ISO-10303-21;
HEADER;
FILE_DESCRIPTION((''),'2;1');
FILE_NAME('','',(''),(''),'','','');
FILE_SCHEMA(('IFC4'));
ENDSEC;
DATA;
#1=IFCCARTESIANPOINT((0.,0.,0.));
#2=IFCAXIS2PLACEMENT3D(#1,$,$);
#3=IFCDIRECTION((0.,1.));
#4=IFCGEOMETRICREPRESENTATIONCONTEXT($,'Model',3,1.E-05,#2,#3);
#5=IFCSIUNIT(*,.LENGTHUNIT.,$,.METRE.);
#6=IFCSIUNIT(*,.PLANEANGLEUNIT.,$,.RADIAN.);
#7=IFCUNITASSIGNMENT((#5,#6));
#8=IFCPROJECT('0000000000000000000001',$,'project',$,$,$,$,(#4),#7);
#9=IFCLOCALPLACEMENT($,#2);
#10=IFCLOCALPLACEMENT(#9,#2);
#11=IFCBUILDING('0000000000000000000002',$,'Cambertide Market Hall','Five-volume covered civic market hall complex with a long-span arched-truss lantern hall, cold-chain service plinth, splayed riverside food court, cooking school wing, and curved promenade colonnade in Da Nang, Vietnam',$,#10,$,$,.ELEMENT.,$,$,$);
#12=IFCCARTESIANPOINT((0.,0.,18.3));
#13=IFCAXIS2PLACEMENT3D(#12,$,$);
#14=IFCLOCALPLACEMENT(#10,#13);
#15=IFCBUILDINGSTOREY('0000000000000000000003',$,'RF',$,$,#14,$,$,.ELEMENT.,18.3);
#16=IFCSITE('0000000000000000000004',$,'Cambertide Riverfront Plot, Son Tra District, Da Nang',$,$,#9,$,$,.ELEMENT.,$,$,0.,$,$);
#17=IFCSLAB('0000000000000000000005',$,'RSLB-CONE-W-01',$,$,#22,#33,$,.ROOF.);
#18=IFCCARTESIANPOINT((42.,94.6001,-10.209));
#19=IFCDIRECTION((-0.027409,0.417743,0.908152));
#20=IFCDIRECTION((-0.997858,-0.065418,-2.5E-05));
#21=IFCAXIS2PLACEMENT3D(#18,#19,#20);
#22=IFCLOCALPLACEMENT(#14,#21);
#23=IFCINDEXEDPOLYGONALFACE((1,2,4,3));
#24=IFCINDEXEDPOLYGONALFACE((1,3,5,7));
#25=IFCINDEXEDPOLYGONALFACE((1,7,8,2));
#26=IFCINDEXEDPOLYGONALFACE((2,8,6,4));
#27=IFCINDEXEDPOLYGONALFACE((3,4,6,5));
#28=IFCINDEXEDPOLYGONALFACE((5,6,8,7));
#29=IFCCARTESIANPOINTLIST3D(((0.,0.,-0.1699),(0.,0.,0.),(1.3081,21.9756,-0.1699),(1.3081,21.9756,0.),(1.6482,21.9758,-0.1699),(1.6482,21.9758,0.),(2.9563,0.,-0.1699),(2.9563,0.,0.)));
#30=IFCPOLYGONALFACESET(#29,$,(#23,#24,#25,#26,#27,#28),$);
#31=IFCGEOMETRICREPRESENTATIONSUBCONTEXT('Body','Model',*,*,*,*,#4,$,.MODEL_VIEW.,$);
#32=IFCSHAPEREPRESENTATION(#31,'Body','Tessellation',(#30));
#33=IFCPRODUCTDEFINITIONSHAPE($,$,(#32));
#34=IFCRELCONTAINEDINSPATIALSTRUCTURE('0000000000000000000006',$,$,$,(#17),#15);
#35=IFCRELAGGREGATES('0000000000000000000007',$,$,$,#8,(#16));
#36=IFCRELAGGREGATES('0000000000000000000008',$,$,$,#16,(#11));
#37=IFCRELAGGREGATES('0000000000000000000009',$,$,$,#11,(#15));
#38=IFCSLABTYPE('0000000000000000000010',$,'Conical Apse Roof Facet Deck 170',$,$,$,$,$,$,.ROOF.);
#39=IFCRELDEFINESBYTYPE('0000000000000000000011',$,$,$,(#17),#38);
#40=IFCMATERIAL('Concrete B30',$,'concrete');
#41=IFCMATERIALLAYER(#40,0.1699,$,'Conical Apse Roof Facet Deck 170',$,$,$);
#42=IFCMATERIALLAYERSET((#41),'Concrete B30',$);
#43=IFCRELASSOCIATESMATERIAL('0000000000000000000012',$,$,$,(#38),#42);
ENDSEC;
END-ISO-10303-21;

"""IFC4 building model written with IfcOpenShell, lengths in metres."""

from ifc_helpers import new_model, si_unit, direction, frame, origin, place, context, subcontext, project, spatial, polyline, outline, extrude, material, layer, layer_set, type_object, element, save


model = new_model("IFC4")

# Units and contexts
model_context = context("Model", 3, precision=1e-05, world=origin(), true_north=direction((0.0, 1.0)))
body_context = subcontext(model_context, "Body", "Model", "MODEL_VIEW")
ifc_project = project(units=[si_unit("LENGTHUNIT", "METRE"), si_unit("PLANEANGLEUNIT", "RADIAN")], contexts=[model_context])

# Site, building, storey
site_placement = place(None, origin())
site = spatial("IfcSite", under=ifc_project, at=site_placement, Name="Cambertide Riverfront Plot, Son Tra District, Da Nang", CompositionType="ELEMENT", RefElevation=0.0)
building_placement = place(site_placement, origin())
building = spatial("IfcBuilding", under=site, at=building_placement, Name="Cambertide Market Hall", Description="Five-volume covered civic market hall complex with a long-span arched-truss lantern hall, cold-chain service plinth, splayed riverside food court, cooking school wing, and curved promenade colonnade in Da Nang, Vietnam", CompositionType="ELEMENT")
storey_placement = place(building_placement, frame((0.0, 0.0, 18.3)))
storey = spatial("IfcBuildingStorey", under=building, at=storey_placement, Name="RF", CompositionType="ELEMENT", Elevation=18.3)

# Slab
ifc_material_1 = material(Name="Concrete B30", Category="concrete")
ifc_layer_1 = layer(ifc_material_1, 0.1699, Name="Conical Apse Roof Facet Deck 170")
ifc_layer_set_1 = layer_set([ifc_layer_1], Name="Concrete B30")
slab_type_1 = type_object("IfcSlabType", Name="Conical Apse Roof Facet Deck 170", PredefinedType="ROOF", material=ifc_layer_set_1)
slab_1_placement = place(storey_placement, frame((42.0, 94.6001, -10.209), z_axis=(-0.027409, 0.417743, 0.908152), x_axis=(-0.997858, -0.065418, -0.000025)))
element("IfcSlab", 1, at=slab_1_placement, inside=storey, type_object=slab_type_1, Name="RSLB-CONE-W-01", PredefinedType="ROOF", context=body_context, shape_type="SweptSolid", body=[
    extrude(outline(polyline([(0.0, 0.0), (2.9563, 0.0), (1.6482, 21.9758), (1.3081, 21.9756), (0.0, 0.0)])), origin(), (0.0, 0.0, -1.0), 0.1699),
])

save(model, "model.ifc")
